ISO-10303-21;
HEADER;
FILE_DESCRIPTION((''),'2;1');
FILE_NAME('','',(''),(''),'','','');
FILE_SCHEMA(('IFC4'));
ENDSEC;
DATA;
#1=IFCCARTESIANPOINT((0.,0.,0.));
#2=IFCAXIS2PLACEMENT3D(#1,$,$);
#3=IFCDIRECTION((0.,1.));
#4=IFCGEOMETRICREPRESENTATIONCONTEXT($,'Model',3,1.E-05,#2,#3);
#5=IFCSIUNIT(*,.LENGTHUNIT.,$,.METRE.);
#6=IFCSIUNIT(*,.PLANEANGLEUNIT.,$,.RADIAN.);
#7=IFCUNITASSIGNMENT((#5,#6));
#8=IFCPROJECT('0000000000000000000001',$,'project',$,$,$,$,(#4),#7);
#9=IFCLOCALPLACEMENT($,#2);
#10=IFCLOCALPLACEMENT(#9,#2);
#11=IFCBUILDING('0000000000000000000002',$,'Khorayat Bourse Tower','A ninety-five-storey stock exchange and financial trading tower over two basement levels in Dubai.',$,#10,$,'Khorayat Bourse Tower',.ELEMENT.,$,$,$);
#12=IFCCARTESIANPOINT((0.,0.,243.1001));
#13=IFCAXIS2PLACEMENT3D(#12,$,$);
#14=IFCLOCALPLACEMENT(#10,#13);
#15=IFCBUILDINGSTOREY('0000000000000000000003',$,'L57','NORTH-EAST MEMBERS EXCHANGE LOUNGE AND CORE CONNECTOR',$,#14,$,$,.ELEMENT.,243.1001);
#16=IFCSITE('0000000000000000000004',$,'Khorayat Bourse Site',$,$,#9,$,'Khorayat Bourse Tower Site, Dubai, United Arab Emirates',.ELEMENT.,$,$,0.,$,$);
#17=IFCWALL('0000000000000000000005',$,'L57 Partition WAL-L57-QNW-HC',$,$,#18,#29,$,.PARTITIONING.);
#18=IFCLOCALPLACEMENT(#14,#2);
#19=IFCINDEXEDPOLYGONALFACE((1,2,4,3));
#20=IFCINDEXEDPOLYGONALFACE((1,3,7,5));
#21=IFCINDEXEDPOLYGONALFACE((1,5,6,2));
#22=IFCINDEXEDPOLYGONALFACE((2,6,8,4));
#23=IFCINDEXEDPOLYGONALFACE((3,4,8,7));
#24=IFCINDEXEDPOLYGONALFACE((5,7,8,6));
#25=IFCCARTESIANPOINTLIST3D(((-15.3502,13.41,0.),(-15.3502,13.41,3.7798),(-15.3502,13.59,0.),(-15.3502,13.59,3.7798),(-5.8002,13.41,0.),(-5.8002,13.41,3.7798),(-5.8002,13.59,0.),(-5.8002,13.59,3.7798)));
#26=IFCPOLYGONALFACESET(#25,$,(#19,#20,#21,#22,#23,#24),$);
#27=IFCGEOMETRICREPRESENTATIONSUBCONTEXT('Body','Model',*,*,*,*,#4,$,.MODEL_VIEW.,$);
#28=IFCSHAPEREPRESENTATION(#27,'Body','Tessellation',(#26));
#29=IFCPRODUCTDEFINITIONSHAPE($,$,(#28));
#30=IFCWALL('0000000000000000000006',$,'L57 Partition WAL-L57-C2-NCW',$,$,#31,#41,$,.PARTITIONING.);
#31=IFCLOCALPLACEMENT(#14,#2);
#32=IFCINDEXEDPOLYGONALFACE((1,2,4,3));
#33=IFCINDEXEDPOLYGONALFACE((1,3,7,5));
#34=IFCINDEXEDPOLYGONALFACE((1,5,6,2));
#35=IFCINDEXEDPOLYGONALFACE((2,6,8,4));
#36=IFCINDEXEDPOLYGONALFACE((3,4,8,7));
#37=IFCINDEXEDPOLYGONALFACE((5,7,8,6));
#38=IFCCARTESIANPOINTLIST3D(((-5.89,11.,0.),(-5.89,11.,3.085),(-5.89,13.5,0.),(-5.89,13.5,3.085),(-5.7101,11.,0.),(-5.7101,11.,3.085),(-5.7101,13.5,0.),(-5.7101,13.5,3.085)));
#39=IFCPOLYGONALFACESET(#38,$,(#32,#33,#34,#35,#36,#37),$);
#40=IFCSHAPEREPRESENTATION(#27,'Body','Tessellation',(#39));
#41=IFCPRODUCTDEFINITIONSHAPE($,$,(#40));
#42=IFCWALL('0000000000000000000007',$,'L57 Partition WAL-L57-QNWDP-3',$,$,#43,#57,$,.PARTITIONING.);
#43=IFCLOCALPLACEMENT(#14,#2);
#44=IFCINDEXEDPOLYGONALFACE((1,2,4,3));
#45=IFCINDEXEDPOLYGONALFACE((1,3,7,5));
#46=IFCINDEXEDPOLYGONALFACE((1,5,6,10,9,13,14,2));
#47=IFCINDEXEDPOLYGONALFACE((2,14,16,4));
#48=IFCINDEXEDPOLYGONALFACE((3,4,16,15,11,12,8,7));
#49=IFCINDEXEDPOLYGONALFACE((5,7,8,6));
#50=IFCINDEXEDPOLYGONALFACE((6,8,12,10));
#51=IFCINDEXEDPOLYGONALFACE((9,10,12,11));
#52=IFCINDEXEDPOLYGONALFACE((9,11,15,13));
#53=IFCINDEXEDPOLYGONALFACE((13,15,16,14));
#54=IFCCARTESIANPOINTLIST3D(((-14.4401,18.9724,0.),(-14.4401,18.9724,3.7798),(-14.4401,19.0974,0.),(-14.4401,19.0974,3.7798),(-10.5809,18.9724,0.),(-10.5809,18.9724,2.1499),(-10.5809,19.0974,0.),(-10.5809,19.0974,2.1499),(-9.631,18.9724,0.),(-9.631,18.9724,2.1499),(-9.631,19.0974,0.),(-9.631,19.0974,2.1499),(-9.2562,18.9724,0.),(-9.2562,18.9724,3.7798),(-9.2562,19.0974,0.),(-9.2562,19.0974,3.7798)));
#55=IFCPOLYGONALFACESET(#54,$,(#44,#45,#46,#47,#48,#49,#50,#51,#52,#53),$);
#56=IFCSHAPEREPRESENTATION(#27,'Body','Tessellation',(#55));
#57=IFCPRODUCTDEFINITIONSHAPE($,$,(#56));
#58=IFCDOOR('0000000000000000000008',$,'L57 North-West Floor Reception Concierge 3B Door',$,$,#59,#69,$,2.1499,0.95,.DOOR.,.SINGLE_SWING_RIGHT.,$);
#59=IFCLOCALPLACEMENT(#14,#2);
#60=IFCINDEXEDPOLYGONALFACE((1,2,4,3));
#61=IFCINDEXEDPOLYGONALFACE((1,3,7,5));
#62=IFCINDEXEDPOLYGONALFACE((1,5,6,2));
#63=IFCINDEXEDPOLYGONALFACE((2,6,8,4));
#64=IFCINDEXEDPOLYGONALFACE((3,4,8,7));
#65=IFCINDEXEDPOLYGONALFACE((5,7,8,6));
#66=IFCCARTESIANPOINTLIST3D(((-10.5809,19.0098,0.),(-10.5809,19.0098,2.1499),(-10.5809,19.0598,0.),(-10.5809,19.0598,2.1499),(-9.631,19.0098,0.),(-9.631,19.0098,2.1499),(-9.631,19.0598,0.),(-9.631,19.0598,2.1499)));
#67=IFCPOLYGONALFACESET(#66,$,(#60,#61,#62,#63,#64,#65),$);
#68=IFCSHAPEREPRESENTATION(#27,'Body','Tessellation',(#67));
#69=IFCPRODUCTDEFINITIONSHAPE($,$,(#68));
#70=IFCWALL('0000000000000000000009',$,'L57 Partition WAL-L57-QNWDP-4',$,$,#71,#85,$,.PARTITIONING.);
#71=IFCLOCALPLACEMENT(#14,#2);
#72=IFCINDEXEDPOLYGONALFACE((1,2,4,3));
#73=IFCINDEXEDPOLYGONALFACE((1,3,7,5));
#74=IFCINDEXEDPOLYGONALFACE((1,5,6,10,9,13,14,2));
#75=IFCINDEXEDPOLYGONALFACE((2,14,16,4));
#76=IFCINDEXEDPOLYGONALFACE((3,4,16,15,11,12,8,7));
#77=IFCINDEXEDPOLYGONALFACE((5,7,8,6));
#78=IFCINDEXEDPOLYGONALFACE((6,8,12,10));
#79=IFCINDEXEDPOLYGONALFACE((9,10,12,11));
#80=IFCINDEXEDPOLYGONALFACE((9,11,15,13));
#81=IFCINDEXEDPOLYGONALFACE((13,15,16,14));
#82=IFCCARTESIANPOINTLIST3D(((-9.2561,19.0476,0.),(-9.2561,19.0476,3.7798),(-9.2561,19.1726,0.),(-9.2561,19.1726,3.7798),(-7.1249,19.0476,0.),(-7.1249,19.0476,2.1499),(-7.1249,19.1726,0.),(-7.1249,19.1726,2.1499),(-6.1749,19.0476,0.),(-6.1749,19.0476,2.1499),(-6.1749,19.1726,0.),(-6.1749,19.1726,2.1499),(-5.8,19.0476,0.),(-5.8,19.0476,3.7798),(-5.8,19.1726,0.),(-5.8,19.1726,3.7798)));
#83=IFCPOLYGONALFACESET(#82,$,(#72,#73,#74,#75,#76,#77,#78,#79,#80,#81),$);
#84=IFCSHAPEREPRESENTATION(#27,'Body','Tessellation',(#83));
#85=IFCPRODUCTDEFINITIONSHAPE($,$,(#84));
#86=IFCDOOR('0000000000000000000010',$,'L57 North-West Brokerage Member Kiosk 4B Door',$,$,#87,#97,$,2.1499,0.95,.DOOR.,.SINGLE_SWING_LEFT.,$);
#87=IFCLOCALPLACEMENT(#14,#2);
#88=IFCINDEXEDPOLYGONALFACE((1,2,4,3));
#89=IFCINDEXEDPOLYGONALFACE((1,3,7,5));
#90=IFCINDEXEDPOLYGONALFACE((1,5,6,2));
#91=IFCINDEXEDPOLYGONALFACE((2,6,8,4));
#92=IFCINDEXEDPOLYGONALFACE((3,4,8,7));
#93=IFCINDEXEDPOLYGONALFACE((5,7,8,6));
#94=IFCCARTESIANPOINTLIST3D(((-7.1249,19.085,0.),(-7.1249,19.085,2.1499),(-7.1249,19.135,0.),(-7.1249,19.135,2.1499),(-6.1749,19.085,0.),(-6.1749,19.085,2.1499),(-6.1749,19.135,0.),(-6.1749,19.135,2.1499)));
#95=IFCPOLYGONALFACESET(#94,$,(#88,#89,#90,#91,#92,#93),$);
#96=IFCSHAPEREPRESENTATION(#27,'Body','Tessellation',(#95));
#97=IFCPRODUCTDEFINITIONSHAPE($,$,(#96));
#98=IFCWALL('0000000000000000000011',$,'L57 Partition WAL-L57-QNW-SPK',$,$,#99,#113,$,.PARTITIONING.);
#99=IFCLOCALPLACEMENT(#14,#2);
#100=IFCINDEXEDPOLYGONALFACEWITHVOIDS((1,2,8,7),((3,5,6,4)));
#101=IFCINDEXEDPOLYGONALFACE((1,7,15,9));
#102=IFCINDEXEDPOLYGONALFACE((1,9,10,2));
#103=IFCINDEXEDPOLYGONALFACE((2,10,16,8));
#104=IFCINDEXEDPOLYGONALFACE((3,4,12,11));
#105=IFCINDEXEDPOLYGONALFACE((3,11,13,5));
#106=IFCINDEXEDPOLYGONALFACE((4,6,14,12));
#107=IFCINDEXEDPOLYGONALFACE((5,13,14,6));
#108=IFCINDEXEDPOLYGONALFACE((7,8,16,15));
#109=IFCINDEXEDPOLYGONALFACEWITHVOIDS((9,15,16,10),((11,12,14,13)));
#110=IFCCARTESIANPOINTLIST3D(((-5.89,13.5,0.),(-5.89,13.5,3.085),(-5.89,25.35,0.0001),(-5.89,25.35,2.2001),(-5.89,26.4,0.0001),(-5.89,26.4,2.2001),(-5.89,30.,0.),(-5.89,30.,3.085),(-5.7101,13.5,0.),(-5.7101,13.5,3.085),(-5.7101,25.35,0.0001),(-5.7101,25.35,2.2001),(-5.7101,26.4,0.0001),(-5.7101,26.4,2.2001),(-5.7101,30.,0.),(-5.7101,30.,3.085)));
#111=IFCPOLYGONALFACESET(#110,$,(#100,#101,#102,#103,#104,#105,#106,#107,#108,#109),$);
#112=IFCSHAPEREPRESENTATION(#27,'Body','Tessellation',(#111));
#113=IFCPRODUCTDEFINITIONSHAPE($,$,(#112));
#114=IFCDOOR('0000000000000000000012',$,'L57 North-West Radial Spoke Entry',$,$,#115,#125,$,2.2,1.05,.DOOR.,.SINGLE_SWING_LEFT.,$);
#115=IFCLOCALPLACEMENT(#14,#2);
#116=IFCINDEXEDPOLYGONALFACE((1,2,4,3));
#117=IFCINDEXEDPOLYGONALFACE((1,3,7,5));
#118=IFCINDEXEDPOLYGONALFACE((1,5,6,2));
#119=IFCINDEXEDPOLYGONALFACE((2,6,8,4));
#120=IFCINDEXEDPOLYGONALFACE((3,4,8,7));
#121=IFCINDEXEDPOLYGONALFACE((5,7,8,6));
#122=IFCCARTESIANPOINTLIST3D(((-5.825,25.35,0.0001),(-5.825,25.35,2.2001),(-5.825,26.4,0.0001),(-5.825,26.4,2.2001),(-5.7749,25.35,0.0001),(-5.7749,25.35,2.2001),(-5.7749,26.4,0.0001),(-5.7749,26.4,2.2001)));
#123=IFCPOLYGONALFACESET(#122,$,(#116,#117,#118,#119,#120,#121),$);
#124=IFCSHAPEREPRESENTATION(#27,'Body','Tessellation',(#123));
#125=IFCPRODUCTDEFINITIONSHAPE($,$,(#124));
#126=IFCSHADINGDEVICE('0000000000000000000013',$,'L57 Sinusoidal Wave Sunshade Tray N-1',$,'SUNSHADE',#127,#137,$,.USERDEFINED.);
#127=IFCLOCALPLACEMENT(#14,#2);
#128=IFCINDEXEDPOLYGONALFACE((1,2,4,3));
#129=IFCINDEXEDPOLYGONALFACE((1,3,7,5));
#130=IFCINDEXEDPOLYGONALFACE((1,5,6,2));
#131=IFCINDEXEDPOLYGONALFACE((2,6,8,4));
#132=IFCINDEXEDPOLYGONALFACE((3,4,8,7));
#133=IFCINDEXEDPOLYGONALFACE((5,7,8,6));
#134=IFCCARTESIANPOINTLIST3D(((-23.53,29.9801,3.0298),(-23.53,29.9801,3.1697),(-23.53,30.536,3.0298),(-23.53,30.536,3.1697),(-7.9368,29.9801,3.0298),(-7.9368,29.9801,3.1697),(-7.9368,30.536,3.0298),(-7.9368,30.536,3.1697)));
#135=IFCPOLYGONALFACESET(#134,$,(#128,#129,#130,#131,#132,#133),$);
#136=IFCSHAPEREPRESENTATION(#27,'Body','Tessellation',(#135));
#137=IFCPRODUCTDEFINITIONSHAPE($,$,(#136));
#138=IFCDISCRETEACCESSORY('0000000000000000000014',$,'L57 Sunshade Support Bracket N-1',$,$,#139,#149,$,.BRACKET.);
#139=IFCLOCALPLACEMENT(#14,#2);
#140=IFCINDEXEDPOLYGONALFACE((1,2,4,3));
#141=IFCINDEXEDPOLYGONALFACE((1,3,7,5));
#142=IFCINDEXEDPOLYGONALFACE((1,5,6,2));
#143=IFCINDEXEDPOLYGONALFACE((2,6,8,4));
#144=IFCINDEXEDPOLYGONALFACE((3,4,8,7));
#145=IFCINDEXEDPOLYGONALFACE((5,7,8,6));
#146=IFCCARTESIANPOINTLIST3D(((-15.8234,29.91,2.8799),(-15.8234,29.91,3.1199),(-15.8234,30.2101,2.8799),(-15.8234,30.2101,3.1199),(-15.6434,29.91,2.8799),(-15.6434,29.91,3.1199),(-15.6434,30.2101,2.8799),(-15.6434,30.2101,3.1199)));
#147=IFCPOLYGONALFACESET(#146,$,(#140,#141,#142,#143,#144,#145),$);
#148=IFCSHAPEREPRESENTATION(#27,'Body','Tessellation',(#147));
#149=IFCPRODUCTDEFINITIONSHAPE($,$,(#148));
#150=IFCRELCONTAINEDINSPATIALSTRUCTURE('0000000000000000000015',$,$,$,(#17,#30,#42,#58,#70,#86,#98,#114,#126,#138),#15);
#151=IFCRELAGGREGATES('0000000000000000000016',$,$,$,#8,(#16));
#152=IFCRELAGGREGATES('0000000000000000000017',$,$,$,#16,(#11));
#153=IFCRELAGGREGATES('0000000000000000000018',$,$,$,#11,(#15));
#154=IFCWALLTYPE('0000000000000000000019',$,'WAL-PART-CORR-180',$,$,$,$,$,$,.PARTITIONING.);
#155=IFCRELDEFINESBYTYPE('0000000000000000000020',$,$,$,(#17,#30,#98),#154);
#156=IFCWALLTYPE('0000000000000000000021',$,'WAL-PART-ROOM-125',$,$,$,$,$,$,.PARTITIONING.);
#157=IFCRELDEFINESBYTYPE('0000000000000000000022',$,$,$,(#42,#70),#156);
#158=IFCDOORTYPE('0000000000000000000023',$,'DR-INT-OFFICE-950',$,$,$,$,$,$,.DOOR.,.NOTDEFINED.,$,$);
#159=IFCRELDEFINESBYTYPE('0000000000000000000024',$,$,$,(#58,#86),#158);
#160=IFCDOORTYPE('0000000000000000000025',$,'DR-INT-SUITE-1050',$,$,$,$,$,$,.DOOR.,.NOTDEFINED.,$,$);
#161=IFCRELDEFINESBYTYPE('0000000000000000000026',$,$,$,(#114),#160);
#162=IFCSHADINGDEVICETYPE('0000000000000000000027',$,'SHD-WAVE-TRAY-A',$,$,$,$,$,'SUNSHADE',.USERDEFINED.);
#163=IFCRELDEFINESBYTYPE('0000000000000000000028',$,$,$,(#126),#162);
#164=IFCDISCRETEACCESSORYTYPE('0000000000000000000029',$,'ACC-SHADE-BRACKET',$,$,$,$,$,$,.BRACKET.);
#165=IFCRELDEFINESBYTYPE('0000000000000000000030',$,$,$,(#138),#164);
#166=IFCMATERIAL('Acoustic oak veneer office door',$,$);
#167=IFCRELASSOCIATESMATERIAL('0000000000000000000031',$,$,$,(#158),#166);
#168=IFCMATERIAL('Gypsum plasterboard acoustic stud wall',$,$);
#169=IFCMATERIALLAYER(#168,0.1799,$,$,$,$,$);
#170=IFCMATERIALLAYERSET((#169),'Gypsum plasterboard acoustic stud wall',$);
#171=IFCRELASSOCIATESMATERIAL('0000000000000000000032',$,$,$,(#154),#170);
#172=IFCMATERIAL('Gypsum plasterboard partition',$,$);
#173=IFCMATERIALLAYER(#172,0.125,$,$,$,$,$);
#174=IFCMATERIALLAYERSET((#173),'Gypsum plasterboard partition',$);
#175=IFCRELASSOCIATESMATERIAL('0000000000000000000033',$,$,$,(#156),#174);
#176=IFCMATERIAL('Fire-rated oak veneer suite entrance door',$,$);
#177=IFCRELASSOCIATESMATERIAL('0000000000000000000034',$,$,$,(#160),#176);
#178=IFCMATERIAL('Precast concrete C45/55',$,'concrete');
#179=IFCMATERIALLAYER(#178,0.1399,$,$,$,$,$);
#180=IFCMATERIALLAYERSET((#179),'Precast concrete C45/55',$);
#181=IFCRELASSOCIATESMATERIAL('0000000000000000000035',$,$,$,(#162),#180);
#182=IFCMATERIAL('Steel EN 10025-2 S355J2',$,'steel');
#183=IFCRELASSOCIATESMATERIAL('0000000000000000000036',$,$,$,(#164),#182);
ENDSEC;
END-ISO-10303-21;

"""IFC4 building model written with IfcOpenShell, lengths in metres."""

from ifc_helpers import new_model, si_unit, direction, frame, frame_2d, origin, origin_2d, place, context, subcontext, project, spatial, rectangle, extrude, source, transform, mapped, material, layer, layer_set, type_object, element, fill, save


model = new_model("IFC4")

# Units and contexts
model_context = context("Model", 3, precision=1e-05, world=origin(), true_north=direction((0.0, 1.0)))
body_context = subcontext(model_context, "Body", "Model", "MODEL_VIEW")
ifc_project = project(units=[si_unit("LENGTHUNIT", "METRE"), si_unit("PLANEANGLEUNIT", "RADIAN")], contexts=[model_context])

# Site, building, storey
site_placement = place(None, origin())
site = spatial("IfcSite", under=ifc_project, at=site_placement, Name="Khorayat Bourse Site", LongName="Khorayat Bourse Tower Site, Dubai, United Arab Emirates", CompositionType="ELEMENT", RefElevation=0.0)
building_placement = place(site_placement, origin())
building = spatial("IfcBuilding", under=site, at=building_placement, Name="Khorayat Bourse Tower", Description="A ninety-five-storey stock exchange and financial trading tower over two basement levels in Dubai.", LongName="Khorayat Bourse Tower", CompositionType="ELEMENT")
storey_placement = place(building_placement, frame((0.0, 0.0, 243.1001)))
storey = spatial("IfcBuildingStorey", under=building, at=storey_placement, Name="L57", Description="NORTH-EAST MEMBERS EXCHANGE LOUNGE AND CORE CONNECTOR", CompositionType="ELEMENT", Elevation=243.1001)

# Shared definitions
ifc_material_1 = material(Name="Steel EN 10025-2 S355J2", Category="steel")

# Shared definitions
ifc_material_2 = material(Name="Acoustic oak veneer office door")
door_type_1 = type_object("IfcDoorType", Name="DR-INT-OFFICE-950", OperationType="NOTDEFINED", PredefinedType="DOOR", material=ifc_material_2)
shared_shape_1 = source(origin(), body_context, "Body", "SweptSolid", [
    extrude(rectangle(XDim=0.95, YDim=2.1499, at=frame_2d((0.4751, 1.075))), frame((0.0, 0.0249, 0.0), z_axis=(0.0, -1.0, 0.0), x_axis=(1.0, 0.0, 0.0)), (0.0, 0.0, 1.0), 0.05),
])

# Walls
ifc_material_3 = material(Name="Gypsum plasterboard acoustic stud wall")
ifc_layer_1 = layer(ifc_material_3, 0.1799)
ifc_layer_set_1 = layer_set([ifc_layer_1], Name="Gypsum plasterboard acoustic stud wall")
wall_type_1 = type_object("IfcWallType", Name="WAL-PART-CORR-180", PredefinedType="PARTITIONING", material=ifc_layer_set_1)
shared_shape_2 = source(origin(), body_context, "Body", "SweptSolid", [
    extrude(rectangle(XDim=9.55, YDim=0.1799, at=frame_2d((4.7749, 0.0))), origin(), (0.0, 0.0, 1.0), 3.7798),
])
wall_1_placement = place(storey_placement, frame((-15.3501, 13.5, 0.0), z_axis=(0.0, 0.0, 1.0), x_axis=(1.0, 0.0, 0.0)))
element("IfcWall", 1, at=wall_1_placement, inside=storey, type_object=wall_type_1, Name="L57 Partition WAL-L57-QNW-HC", PredefinedType="PARTITIONING", context=body_context, shape_type="MappedRepresentation", body=[
    mapped(shared_shape_2, transform((0.0, 0.0, 0.0), scale=1.0)),
])
shared_shape_3 = source(origin(), body_context, "Body", "SweptSolid", [
    extrude(rectangle(XDim=2.5, YDim=0.1799, at=frame_2d((1.25, 0.0))), origin(), (0.0, 0.0, 1.0), 3.085),
])
wall_2_placement = place(storey_placement, frame((-5.8, 11.0, 0.0), z_axis=(0.0, 0.0, 1.0), x_axis=(0.0, 1.0, 0.0)))
element("IfcWall", 2, at=wall_2_placement, inside=storey, type_object=wall_type_1, Name="L57 Partition WAL-L57-C2-NCW", PredefinedType="PARTITIONING", context=body_context, shape_type="MappedRepresentation", body=[
    mapped(shared_shape_3, transform((0.0, 0.0, 0.0), scale=1.0)),
])

# Walls, openings, doors
ifc_material_4 = material(Name="Gypsum plasterboard partition")
ifc_layer_2 = layer(ifc_material_4, 0.125)
ifc_layer_set_2 = layer_set([ifc_layer_2], Name="Gypsum plasterboard partition")
wall_type_2 = type_object("IfcWallType", Name="WAL-PART-ROOM-125", PredefinedType="PARTITIONING", material=ifc_layer_set_2)
shared_shape_4 = source(origin(), body_context, "Body", "SweptSolid", [
    extrude(rectangle(XDim=5.1838, YDim=0.125, at=frame_2d((2.5918, 0.0))), origin(), (0.0, 0.0, 1.0), 3.7798),
])
wall_3_placement = place(storey_placement, frame((-14.4399, 19.0349, 0.0), z_axis=(0.0, 0.0, 1.0), x_axis=(1.0, 0.0, 0.0)))
wall_3 = element("IfcWall", 3, at=wall_3_placement, inside=storey, type_object=wall_type_2, Name="L57 Partition WAL-L57-QNWDP-3", PredefinedType="PARTITIONING", context=body_context, shape_type="MappedRepresentation", body=[
    mapped(shared_shape_4, transform((0.0, 0.0, 0.0), scale=1.0)),
])
shared_shape_5 = source(origin(), body_context, "Body", "SweptSolid", [
    extrude(rectangle(XDim=0.95, YDim=2.1499, at=frame_2d((0.4751, 1.075))), frame((0.0, 0.0725, 0.0), z_axis=(0.0, -1.0, 0.0), x_axis=(1.0, 0.0, 0.0)), (0.0, 0.0, 1.0), 0.145),
])
opening_1_placement = place(wall_3_placement, frame((3.8589, 0.0, 0.0)))
opening_1 = element("IfcOpeningElement", 4, at=opening_1_placement, cuts=wall_3, PredefinedType="OPENING", context=body_context, shape_type="MappedRepresentation", body=[
    mapped(shared_shape_5, transform((0.0, 0.0, 0.0), scale=1.0)),
])
door_1_placement = place(opening_1_placement, origin())
door_1 = element("IfcDoor", 5, at=door_1_placement, inside=storey, type_object=door_type_1, Name="L57 North-West Floor Reception Concierge 3B Door", OperationType="SINGLE_SWING_RIGHT", OverallHeight=2.1499, OverallWidth=0.95, PredefinedType="DOOR", context=body_context, shape_type="MappedRepresentation", body=[
    mapped(shared_shape_1, transform((0.0, 0.0, 0.0), scale=1.0)),
])
fill(opening_1, door_1)
shared_shape_6 = source(origin(), body_context, "Body", "SweptSolid", [
    extrude(rectangle(XDim=3.4561, YDim=0.125, at=frame_2d((1.728, 0.0))), origin(), (0.0, 0.0, 1.0), 3.7798),
])
wall_4_placement = place(storey_placement, frame((-9.2561, 19.1101, 0.0), z_axis=(0.0, 0.0, 1.0), x_axis=(1.0, 0.0, 0.0)))
wall_4 = element("IfcWall", 6, at=wall_4_placement, inside=storey, type_object=wall_type_2, Name="L57 Partition WAL-L57-QNWDP-4", PredefinedType="PARTITIONING", context=body_context, shape_type="MappedRepresentation", body=[
    mapped(shared_shape_6, transform((0.0, 0.0, 0.0), scale=1.0)),
])
opening_2_placement = place(wall_4_placement, frame((2.1311, 0.0, 0.0)))
opening_2 = element("IfcOpeningElement", 7, at=opening_2_placement, cuts=wall_4, PredefinedType="OPENING", context=body_context, shape_type="MappedRepresentation", body=[
    mapped(shared_shape_5, transform((0.0, 0.0, 0.0), scale=1.0)),
])
door_2_placement = place(opening_2_placement, origin())
door_2 = element("IfcDoor", 8, at=door_2_placement, inside=storey, type_object=door_type_1, Name="L57 North-West Brokerage Member Kiosk 4B Door", OperationType="SINGLE_SWING_LEFT", OverallHeight=2.1499, OverallWidth=0.95, PredefinedType="DOOR", context=body_context, shape_type="MappedRepresentation", body=[
    mapped(shared_shape_1, transform((0.0, 0.0, 0.0), scale=1.0)),
])
fill(opening_2, door_2)
shared_shape_7 = source(origin(), body_context, "Body", "SweptSolid", [
    extrude(rectangle(XDim=16.5, YDim=0.1799, at=frame_2d((8.25, 0.0))), origin(), (0.0, 0.0, 1.0), 3.085),
])
wall_5_placement = place(storey_placement, frame((-5.8, 13.5, 0.0), z_axis=(0.0, 0.0, 1.0), x_axis=(0.0, 1.0, 0.0)))
wall_5 = element("IfcWall", 9, at=wall_5_placement, inside=storey, type_object=wall_type_1, Name="L57 Partition WAL-L57-QNW-SPK", PredefinedType="PARTITIONING", context=body_context, shape_type="MappedRepresentation", body=[
    mapped(shared_shape_7, transform((0.0, 0.0, 0.0), scale=1.0)),
])
shared_shape_8 = source(origin(), body_context, "Body", "SweptSolid", [
    extrude(rectangle(XDim=1.05, YDim=2.2, at=frame_2d((0.5249, 1.1001))), frame((0.0, 0.0999, 0.0), z_axis=(0.0, -1.0, 0.0), x_axis=(1.0, 0.0, 0.0)), (0.0, 0.0, 1.0), 0.2),
])
opening_3_placement = place(wall_5_placement, frame((11.8501, 0.0, 0.0)))
opening_3 = element("IfcOpeningElement", 10, at=opening_3_placement, cuts=wall_5, PredefinedType="OPENING", context=body_context, shape_type="MappedRepresentation", body=[
    mapped(shared_shape_8, transform((0.0, 0.0, 0.0), scale=1.0)),
])
ifc_material_5 = material(Name="Fire-rated oak veneer suite entrance door")
door_type_2 = type_object("IfcDoorType", Name="DR-INT-SUITE-1050", OperationType="NOTDEFINED", PredefinedType="DOOR", material=ifc_material_5)
shared_shape_9 = source(origin(), body_context, "Body", "SweptSolid", [
    extrude(rectangle(XDim=1.05, YDim=2.2, at=frame_2d((0.5249, 1.1001))), frame((0.0, 0.0249, 0.0), z_axis=(0.0, -1.0, 0.0), x_axis=(1.0, 0.0, 0.0)), (0.0, 0.0, 1.0), 0.05),
])
door_3_placement = place(opening_3_placement, origin())
door_3 = element("IfcDoor", 11, at=door_3_placement, inside=storey, type_object=door_type_2, Name="L57 North-West Radial Spoke Entry", OperationType="SINGLE_SWING_LEFT", OverallHeight=2.2, OverallWidth=1.05, PredefinedType="DOOR", context=body_context, shape_type="MappedRepresentation", body=[
    mapped(shared_shape_9, transform((0.0, 0.0, 0.0), scale=1.0)),
])
fill(opening_3, door_3)

# Shading device
ifc_material_6 = material(Name="Precast concrete C45/55", Category="concrete")
ifc_layer_3 = layer(ifc_material_6, 0.1399)
ifc_layer_set_3 = layer_set([ifc_layer_3], Name="Precast concrete C45/55")
shading_device_type = type_object("IfcShadingDeviceType", Name="SHD-WAVE-TRAY-A", ElementType="SUNSHADE", PredefinedType="USERDEFINED", material=ifc_layer_set_3)
shared_shape_10 = source(origin(), body_context, "Body", "SweptSolid", [
    extrude(rectangle(XDim=15.5933, YDim=0.5559, at=origin_2d()), origin(), (0.0, 0.0, 1.0), 0.1399),
])
shading_device_placement = place(storey_placement, frame((-15.7334, 30.2581, 3.0298), z_axis=(0.0, 0.0, 1.0), x_axis=(1.0, 0.0, 0.0)))
element("IfcShadingDevice", 12, at=shading_device_placement, inside=storey, type_object=shading_device_type, Name="L57 Sinusoidal Wave Sunshade Tray N-1", ObjectType="SUNSHADE", PredefinedType="USERDEFINED", context=body_context, shape_type="MappedRepresentation", body=[
    mapped(shared_shape_10, transform((0.0, 0.0, 0.0), scale=1.0)),
])

# Discrete accessory
discrete_accessory_type = type_object("IfcDiscreteAccessoryType", Name="ACC-SHADE-BRACKET", PredefinedType="BRACKET", material=ifc_material_1)
shared_shape_11 = source(origin(), body_context, "Body", "SweptSolid", [
    extrude(rectangle(XDim=0.1799, YDim=0.3, at=origin_2d()), origin(), (0.0, 0.0, 1.0), 0.24),
])
discrete_accessory_placement = place(storey_placement, frame((-15.7334, 30.0601, 2.8799), z_axis=(0.0, 0.0, 1.0), x_axis=(1.0, 0.0, 0.0)))
element("IfcDiscreteAccessory", 13, at=discrete_accessory_placement, inside=storey, type_object=discrete_accessory_type, Name="L57 Sunshade Support Bracket N-1", PredefinedType="BRACKET", context=body_context, shape_type="MappedRepresentation", body=[
    mapped(shared_shape_11, transform((0.0, 0.0, 0.0), scale=1.0)),
])

save(model, "model.ifc")
